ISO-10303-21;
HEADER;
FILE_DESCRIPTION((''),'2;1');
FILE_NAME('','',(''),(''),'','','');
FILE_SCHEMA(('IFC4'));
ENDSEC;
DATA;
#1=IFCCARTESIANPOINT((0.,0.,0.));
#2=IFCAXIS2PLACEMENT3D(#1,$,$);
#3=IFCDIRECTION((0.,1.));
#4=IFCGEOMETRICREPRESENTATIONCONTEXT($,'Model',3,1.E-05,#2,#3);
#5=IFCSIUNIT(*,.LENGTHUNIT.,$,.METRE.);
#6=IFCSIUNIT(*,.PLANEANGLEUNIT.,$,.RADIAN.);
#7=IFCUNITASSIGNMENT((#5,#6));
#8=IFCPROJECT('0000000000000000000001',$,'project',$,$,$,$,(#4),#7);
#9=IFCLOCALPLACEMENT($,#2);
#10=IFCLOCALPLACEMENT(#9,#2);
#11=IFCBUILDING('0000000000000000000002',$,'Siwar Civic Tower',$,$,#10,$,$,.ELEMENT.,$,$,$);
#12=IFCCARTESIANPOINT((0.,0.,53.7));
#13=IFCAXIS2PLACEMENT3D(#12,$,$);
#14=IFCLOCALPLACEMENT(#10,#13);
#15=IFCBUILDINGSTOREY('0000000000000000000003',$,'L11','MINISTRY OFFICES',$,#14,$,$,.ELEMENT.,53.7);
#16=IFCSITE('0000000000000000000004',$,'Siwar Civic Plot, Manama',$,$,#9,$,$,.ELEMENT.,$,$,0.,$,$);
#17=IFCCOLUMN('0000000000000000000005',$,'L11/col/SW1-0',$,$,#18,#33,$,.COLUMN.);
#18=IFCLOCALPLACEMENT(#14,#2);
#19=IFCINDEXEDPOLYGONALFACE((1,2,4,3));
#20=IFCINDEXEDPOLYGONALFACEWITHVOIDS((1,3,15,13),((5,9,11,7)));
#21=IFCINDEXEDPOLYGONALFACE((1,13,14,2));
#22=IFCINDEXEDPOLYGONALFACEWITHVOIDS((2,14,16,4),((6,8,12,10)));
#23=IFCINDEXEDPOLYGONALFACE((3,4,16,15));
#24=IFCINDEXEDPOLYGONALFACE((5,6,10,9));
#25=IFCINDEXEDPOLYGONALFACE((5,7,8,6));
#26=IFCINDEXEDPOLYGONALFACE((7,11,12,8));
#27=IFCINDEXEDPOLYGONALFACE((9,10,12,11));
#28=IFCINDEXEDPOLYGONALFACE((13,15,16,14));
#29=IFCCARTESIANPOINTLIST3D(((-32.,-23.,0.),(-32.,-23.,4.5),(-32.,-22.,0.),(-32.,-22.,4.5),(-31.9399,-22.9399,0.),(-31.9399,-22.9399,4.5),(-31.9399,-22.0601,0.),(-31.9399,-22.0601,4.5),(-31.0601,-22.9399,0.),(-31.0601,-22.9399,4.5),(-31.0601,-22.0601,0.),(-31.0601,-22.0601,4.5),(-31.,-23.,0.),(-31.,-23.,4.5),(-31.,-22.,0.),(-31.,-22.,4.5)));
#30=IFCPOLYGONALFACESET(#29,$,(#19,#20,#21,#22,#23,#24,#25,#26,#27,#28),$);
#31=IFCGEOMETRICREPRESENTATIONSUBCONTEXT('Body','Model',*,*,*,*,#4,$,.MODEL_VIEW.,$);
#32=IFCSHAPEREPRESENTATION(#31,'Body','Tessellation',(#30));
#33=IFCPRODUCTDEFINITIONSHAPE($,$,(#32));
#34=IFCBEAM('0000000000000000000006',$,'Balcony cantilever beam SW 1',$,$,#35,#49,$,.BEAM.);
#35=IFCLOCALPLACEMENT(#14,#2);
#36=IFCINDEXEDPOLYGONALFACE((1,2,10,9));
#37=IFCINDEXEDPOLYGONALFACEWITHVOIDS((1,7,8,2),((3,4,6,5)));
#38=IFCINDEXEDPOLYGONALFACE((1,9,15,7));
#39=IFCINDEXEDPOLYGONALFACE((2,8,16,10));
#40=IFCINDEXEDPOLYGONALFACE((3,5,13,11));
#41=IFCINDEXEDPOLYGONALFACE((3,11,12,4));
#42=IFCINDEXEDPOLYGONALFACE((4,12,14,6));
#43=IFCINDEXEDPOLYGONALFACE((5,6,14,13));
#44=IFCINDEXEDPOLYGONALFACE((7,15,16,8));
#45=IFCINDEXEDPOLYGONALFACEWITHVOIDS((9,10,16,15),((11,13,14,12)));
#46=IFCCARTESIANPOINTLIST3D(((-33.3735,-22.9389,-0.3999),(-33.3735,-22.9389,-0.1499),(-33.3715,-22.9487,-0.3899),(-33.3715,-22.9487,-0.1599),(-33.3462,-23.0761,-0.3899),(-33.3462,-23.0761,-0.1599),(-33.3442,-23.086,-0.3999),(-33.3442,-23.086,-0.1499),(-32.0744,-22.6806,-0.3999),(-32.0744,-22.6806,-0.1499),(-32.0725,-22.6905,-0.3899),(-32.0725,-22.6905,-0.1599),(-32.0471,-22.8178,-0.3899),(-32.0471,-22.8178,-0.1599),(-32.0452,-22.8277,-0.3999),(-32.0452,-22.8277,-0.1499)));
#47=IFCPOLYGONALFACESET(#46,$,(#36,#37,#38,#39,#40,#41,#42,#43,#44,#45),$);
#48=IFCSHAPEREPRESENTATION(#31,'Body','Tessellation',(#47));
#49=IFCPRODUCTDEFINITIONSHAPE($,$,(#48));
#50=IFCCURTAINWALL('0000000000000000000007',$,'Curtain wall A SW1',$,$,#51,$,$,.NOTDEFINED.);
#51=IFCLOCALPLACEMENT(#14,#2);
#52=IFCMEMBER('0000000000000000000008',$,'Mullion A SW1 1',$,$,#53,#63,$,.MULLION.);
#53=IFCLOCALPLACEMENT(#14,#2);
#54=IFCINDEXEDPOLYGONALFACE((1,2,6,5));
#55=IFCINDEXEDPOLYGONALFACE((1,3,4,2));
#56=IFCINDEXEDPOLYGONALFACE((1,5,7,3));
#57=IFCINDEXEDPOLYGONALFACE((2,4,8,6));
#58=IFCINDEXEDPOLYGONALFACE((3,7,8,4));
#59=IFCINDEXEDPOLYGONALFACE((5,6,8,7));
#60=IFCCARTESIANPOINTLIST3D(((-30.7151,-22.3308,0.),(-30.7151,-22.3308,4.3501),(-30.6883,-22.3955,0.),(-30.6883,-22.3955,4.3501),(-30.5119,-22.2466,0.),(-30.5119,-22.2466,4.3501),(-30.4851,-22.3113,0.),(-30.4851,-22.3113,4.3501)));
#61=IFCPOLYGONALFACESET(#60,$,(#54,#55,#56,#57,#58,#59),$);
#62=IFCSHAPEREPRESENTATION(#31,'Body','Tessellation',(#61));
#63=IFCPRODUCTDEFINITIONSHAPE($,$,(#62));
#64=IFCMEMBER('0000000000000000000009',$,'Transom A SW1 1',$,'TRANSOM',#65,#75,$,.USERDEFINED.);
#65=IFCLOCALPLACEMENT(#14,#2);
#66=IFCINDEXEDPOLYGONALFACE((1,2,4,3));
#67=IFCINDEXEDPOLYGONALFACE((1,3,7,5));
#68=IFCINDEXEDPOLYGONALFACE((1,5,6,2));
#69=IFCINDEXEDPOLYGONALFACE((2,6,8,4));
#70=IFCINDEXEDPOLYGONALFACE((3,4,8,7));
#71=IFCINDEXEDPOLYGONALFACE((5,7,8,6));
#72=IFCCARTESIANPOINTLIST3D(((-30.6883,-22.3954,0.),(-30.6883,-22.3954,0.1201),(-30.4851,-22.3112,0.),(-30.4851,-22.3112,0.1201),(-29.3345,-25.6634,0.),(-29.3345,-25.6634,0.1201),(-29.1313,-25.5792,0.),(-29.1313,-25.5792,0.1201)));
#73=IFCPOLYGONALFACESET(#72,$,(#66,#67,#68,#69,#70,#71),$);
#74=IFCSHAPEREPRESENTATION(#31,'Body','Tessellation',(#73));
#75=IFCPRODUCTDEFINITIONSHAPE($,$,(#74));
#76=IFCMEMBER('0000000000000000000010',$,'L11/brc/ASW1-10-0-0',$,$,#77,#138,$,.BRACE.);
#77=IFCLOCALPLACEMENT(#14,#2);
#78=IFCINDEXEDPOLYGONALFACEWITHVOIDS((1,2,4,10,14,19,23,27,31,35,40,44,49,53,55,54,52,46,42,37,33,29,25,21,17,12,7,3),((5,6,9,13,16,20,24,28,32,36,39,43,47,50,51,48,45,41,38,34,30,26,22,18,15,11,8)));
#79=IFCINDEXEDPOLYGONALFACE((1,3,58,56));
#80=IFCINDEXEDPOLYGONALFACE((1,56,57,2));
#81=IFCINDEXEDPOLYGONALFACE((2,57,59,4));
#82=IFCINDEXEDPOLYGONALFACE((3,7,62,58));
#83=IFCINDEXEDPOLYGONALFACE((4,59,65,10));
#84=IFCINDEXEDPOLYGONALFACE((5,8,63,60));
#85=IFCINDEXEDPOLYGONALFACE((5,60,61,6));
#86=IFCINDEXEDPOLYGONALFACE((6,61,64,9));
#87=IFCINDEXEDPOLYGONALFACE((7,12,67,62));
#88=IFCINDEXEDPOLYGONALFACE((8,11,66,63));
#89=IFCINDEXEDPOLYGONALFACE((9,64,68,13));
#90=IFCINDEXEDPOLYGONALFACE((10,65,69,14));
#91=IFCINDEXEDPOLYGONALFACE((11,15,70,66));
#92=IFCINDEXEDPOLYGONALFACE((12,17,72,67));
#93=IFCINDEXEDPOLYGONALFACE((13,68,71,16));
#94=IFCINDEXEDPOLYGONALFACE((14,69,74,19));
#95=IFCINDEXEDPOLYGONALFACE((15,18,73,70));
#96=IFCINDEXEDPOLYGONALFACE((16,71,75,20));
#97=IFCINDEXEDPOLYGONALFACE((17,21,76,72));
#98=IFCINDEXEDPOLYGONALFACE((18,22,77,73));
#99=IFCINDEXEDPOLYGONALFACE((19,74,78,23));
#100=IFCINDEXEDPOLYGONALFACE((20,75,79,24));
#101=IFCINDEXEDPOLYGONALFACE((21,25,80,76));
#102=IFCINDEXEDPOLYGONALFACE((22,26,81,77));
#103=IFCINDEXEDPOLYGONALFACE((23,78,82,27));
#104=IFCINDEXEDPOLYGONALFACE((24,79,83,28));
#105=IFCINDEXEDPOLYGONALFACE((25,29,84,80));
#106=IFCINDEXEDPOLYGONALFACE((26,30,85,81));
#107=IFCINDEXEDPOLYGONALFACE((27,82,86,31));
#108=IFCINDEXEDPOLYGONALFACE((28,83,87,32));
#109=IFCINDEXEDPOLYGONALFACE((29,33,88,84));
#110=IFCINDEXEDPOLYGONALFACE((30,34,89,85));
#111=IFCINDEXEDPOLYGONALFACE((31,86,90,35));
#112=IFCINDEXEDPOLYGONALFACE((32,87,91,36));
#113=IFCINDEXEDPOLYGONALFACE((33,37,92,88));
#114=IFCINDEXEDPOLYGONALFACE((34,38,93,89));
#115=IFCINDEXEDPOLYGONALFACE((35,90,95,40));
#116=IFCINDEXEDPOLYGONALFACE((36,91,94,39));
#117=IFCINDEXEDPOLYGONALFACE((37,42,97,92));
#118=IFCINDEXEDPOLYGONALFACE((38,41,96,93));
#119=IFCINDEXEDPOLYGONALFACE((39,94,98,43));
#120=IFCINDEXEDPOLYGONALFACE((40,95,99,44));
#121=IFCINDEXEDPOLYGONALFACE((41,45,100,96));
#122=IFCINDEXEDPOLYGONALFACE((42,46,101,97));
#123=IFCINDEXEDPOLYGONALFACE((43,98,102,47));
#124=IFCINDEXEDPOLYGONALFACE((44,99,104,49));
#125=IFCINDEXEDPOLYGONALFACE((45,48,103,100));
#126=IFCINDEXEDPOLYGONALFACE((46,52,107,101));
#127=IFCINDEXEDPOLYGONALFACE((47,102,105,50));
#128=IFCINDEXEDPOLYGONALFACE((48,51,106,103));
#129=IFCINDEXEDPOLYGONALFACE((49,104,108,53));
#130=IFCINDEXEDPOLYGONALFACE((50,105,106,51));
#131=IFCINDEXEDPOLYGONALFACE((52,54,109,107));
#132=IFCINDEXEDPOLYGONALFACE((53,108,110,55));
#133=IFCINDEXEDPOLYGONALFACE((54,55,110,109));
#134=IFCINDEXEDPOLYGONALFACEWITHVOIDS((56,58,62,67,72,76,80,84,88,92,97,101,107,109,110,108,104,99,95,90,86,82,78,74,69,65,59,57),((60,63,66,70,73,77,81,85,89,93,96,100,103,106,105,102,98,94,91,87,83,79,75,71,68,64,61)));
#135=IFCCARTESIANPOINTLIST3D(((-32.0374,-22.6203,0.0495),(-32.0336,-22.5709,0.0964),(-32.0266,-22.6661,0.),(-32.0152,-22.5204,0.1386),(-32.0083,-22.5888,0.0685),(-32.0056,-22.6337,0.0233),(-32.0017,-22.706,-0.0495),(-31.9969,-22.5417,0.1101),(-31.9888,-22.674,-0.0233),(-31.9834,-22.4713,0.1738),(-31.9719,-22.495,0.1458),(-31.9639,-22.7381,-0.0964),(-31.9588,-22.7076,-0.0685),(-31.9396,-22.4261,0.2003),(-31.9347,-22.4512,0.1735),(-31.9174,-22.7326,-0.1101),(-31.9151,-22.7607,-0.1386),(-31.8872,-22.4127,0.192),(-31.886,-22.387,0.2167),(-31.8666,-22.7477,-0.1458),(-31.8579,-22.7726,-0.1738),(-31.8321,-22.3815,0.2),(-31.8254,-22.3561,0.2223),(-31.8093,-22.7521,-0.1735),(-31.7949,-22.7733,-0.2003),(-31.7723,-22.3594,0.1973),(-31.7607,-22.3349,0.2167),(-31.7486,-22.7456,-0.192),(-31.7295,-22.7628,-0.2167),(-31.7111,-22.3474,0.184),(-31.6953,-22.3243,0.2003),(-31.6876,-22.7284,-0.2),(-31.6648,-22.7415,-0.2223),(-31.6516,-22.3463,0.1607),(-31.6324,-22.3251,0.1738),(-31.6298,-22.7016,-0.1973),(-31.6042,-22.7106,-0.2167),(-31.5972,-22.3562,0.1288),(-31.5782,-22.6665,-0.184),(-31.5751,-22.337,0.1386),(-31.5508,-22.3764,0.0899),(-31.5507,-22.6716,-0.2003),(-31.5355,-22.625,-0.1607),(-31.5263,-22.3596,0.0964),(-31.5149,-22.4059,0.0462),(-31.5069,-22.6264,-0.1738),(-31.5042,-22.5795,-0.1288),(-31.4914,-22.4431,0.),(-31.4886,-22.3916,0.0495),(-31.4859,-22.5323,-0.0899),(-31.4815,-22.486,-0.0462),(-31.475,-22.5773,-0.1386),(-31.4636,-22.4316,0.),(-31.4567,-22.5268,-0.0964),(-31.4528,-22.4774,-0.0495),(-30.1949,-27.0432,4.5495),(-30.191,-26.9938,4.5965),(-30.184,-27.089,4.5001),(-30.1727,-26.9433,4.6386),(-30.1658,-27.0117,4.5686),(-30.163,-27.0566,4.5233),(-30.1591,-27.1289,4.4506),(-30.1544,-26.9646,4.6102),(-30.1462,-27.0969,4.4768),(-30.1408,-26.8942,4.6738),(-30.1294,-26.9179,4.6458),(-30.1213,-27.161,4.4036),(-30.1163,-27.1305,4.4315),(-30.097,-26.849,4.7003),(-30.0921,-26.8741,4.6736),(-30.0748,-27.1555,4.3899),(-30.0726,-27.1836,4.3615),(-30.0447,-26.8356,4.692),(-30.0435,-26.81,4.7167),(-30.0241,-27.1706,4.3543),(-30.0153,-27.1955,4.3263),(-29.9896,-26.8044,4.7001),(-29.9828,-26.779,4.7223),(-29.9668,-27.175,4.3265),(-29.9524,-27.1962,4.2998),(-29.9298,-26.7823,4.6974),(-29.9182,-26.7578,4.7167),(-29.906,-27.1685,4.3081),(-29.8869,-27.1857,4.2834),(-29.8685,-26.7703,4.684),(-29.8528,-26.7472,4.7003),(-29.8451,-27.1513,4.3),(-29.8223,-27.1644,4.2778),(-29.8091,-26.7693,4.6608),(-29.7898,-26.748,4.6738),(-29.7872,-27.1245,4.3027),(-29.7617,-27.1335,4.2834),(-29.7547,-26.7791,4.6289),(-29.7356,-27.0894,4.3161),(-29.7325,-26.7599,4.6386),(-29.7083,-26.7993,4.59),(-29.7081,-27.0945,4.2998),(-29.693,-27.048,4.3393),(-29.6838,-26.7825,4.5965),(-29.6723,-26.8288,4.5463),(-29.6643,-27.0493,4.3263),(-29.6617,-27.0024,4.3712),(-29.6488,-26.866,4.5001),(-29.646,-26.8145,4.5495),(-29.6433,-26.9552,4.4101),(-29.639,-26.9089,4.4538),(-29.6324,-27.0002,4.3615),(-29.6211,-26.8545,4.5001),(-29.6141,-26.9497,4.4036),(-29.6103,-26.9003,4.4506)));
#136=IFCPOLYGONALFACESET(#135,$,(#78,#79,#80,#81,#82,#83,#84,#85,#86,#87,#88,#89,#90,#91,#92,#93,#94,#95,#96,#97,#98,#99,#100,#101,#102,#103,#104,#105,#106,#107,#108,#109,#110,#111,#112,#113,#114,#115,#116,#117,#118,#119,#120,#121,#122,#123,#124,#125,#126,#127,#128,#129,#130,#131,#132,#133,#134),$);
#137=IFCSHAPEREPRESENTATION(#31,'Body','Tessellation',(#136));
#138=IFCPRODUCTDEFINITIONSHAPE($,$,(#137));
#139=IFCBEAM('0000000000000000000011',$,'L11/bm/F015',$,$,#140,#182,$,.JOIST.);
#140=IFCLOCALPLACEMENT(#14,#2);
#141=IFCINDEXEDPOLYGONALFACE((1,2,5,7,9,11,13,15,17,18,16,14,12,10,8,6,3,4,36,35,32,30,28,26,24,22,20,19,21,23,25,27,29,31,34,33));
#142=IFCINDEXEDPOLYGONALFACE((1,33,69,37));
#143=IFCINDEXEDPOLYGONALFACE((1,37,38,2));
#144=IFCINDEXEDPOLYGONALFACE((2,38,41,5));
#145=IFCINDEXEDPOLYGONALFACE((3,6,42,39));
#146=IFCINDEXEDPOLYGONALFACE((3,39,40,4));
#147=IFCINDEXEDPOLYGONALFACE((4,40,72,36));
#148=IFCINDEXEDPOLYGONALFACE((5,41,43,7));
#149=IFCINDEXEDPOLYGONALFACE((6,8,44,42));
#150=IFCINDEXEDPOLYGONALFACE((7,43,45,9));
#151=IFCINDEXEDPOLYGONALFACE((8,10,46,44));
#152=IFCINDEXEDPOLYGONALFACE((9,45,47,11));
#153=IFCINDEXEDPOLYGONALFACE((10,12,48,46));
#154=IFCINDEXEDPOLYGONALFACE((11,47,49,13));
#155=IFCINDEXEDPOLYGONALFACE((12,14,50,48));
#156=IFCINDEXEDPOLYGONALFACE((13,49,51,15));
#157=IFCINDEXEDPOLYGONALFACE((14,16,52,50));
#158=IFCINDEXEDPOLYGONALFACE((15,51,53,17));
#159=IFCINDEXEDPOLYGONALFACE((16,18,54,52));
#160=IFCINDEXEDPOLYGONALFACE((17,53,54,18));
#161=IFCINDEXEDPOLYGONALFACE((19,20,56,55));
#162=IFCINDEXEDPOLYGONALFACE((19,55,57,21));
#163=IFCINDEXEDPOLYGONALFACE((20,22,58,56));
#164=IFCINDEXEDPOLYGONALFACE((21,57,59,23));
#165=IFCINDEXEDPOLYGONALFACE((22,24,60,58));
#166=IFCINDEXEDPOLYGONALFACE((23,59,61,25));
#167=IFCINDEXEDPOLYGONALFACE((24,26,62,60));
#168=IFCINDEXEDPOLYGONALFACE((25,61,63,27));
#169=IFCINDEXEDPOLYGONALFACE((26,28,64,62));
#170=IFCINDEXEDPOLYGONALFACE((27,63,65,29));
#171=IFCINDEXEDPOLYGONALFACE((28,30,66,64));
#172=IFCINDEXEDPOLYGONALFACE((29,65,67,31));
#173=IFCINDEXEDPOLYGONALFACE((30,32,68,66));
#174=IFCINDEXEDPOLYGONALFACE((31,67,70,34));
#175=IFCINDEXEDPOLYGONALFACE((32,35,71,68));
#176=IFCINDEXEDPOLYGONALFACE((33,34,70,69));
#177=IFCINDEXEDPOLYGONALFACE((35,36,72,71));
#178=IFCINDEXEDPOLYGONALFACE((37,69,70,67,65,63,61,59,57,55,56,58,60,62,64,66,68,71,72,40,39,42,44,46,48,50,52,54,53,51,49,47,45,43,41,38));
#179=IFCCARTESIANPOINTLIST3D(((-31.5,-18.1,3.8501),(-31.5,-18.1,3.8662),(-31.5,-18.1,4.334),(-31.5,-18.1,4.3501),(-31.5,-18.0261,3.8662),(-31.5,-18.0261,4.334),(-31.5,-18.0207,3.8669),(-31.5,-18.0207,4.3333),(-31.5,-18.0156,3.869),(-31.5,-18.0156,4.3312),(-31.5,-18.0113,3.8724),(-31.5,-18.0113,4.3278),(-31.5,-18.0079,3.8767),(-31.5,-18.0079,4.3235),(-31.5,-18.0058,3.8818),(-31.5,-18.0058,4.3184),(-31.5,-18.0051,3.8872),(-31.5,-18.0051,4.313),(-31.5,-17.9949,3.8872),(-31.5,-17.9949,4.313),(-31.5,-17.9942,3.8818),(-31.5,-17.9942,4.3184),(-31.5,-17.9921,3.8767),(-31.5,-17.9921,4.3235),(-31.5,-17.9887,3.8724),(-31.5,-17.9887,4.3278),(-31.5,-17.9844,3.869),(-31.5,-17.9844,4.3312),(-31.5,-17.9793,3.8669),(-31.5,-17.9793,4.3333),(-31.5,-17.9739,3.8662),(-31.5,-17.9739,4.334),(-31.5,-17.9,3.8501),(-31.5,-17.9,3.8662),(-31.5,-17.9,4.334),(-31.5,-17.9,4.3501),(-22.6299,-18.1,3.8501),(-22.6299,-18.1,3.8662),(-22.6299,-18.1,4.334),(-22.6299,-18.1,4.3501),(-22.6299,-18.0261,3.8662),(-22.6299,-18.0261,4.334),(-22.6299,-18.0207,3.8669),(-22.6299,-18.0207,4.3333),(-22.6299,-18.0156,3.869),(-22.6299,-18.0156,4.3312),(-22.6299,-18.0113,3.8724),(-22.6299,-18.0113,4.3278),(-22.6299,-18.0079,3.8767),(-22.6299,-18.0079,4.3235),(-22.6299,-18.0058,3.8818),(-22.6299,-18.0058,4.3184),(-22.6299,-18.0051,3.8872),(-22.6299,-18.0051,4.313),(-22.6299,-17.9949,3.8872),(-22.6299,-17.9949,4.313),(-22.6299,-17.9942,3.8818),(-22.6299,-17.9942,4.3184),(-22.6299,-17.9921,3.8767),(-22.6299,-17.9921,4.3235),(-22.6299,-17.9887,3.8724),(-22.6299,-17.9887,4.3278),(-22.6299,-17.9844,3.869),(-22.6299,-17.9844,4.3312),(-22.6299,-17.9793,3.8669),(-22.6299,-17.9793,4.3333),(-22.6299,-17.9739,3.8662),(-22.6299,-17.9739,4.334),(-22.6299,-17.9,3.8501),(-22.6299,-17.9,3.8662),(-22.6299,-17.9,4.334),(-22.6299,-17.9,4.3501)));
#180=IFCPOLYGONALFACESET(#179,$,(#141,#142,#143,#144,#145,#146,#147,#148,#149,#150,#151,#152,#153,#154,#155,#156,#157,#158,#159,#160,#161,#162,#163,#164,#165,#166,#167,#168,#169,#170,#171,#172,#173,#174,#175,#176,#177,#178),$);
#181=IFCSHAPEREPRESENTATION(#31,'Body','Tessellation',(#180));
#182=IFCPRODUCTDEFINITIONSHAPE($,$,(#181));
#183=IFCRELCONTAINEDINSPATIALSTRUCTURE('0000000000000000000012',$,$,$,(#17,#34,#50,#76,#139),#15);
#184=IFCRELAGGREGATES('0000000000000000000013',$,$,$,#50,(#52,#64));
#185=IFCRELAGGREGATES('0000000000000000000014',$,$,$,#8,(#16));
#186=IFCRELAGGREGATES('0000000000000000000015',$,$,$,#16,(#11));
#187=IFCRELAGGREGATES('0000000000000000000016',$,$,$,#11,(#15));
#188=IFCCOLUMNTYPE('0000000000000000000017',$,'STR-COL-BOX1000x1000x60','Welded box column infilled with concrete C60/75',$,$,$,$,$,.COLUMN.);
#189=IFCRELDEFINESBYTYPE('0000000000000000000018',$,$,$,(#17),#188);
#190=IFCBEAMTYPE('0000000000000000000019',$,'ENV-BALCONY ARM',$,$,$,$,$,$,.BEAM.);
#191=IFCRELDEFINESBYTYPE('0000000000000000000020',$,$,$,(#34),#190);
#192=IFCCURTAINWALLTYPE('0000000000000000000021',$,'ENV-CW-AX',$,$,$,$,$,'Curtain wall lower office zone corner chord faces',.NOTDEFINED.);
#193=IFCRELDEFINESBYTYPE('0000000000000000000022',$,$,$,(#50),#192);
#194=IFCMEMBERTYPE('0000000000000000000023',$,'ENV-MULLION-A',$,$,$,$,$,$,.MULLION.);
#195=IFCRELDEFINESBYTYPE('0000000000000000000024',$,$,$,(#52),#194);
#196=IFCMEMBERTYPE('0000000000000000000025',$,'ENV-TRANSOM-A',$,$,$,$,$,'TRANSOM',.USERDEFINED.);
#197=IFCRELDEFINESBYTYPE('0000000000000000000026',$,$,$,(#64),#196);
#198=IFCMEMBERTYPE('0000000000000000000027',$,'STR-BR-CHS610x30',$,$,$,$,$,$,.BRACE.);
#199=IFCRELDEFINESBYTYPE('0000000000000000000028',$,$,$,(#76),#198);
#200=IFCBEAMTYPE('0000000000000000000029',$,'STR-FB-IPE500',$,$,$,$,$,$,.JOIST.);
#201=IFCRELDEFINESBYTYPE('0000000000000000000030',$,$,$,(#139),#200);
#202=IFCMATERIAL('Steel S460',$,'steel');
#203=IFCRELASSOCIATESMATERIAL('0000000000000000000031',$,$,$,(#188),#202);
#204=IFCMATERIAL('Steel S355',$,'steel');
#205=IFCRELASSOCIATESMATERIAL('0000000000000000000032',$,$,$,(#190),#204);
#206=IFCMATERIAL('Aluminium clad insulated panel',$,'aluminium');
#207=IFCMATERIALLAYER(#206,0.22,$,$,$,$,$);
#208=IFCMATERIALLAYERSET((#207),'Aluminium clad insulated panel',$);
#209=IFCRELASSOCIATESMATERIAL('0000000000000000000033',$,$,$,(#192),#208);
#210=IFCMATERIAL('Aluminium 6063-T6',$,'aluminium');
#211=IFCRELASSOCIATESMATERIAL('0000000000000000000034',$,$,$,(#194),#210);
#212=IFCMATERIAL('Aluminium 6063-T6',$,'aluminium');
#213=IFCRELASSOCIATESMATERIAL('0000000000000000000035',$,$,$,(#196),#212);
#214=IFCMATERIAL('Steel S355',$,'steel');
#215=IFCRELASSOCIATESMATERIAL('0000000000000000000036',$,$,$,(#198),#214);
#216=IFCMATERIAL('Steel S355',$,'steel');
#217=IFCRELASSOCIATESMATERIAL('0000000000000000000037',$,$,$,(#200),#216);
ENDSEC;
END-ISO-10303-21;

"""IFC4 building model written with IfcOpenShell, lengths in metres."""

from ifc_helpers import new_model, si_unit, direction, frame, origin, origin_2d, place, context, subcontext, project, spatial, rectangle, hollow_rectangle, hollow_circle, i_section, extrude, material, layer, layer_set, material_profile, profile_set, type_object, element, aggregate, save


model = new_model("IFC4")

# Units and contexts
model_context = context("Model", 3, precision=1e-05, world=origin(), true_north=direction((0.0, 1.0)))
body_context = subcontext(model_context, "Body", "Model", "MODEL_VIEW")
ifc_project = project(units=[si_unit("LENGTHUNIT", "METRE"), si_unit("PLANEANGLEUNIT", "RADIAN")], contexts=[model_context])

# Site, building, storey
site_placement = place(None, origin())
site = spatial("IfcSite", under=ifc_project, at=site_placement, Name="Siwar Civic Plot, Manama", CompositionType="ELEMENT", RefElevation=0.0)
building_placement = place(site_placement, origin())
building = spatial("IfcBuilding", under=site, at=building_placement, Name="Siwar Civic Tower", CompositionType="ELEMENT")
storey_placement = place(building_placement, frame((0.0, 0.0, 53.7)))
storey = spatial("IfcBuildingStorey", under=building, at=storey_placement, Name="L11", Description="MINISTRY OFFICES", CompositionType="ELEMENT", Elevation=53.7)

# Column
ifc_material_1 = material(Name="Steel S460", Category="steel")
ifc_material_profile_1 = material_profile(ifc_material_1, hollow_rectangle(XDim=1.0, YDim=1.0, WallThickness=0.0601, at=origin_2d()), Name="BOX1000x1000x60")
ifc_profile_set_1 = profile_set([ifc_material_profile_1], Name="Steel S460")
column_type = type_object("IfcColumnType", Name="STR-COL-BOX1000x1000x60", Description="Welded box column infilled with concrete C60/75", PredefinedType="COLUMN", material=ifc_profile_set_1)
column_placement = place(storey_placement, frame((-31.5, -22.5, 0.0), z_axis=(0.0, 0.0, 1.0), x_axis=(1.0, 0.0, 0.0)))
element("IfcColumn", 1, at=column_placement, inside=storey, type_object=column_type, Name="L11/col/SW1-0", PredefinedType="COLUMN", context=body_context, shape_type="SweptSolid", body=[
    extrude(hollow_rectangle(XDim=1.0, YDim=1.0, WallThickness=0.0601, at=origin_2d()), origin(), (0.0, 0.0, 1.0), 4.5),
])

# Beam
ifc_material_2 = material(Name="Steel S355", Category="steel")
ifc_material_profile_2 = material_profile(ifc_material_2, hollow_rectangle(XDim=0.1499, YDim=0.25, WallThickness=0.01, at=origin_2d()), Name="RHS250x150x10")
ifc_profile_set_2 = profile_set([ifc_material_profile_2], Name="Steel S355")
beam_type_1 = type_object("IfcBeamType", Name="ENV-BALCONY ARM", PredefinedType="BEAM", material=ifc_profile_set_2)
beam_1_placement = place(storey_placement, frame((-32.0598, -22.7542, -0.2749), z_axis=(-0.9808, -0.195017, 0.0), x_axis=(0.195017, -0.9808, 0.0)))
element("IfcBeam", 2, at=beam_1_placement, inside=storey, type_object=beam_type_1, Name="Balcony cantilever beam SW 1", PredefinedType="BEAM", context=body_context, shape_type="SweptSolid", body=[
    extrude(hollow_rectangle(XDim=0.1499, YDim=0.25, WallThickness=0.01, at=origin_2d()), origin(), (0.0, 0.0, 1.0), 1.3245),
])

# Curtain wall, members
ifc_material_3 = material(Name="Aluminium clad insulated panel", Category="aluminium")
ifc_layer_1 = layer(ifc_material_3, 0.22)
ifc_layer_set_1 = layer_set([ifc_layer_1], Name="Aluminium clad insulated panel")
curtain_wall_type_1 = type_object("IfcCurtainWallType", Name="ENV-CW-AX", ElementType="Curtain wall lower office zone corner chord faces", PredefinedType="NOTDEFINED", material=ifc_layer_set_1)
curtain_wall_1_placement = place(storey_placement, origin())
curtain_wall_1 = element("IfcCurtainWall", 3, at=curtain_wall_1_placement, inside=storey, type_object=curtain_wall_type_1, Name="Curtain wall A SW1", PredefinedType="NOTDEFINED")
ifc_material_4 = material(Name="Aluminium 6063-T6", Category="aluminium")
ifc_material_profile_3 = material_profile(ifc_material_4, rectangle(XDim=0.22, YDim=0.0701, at=origin_2d()), Name="AL 220x70")
ifc_profile_set_3 = profile_set([ifc_material_profile_3], Name="Aluminium 6063-T6")
member_type_1 = type_object("IfcMemberType", Name="ENV-MULLION-A", PredefinedType="MULLION", material=ifc_profile_set_3)
member_1_placement = place(storey_placement, frame((-30.6001, -22.321, 0.0), z_axis=(0.0, 0.0, 1.0), x_axis=(0.92388, 0.382683, 0.0)))
member_1 = element("IfcMember", 4, at=member_1_placement, type_object=member_type_1, Name="Mullion A SW1 1", PredefinedType="MULLION", context=body_context, shape_type="SweptSolid", body=[
    extrude(rectangle(XDim=0.22, YDim=0.0701, at=origin_2d()), origin(), (0.0, 0.0, 1.0), 4.3501),
])
ifc_material_5 = material(Name="Aluminium 6063-T6", Category="aluminium")
ifc_material_profile_4 = material_profile(ifc_material_5, rectangle(XDim=0.22, YDim=0.1201, at=origin_2d()), Name="AL 220x120")
ifc_profile_set_4 = profile_set([ifc_material_profile_4], Name="Aluminium 6063-T6")
member_type_2 = type_object("IfcMemberType", Name="ENV-TRANSOM-A", ElementType="TRANSOM", PredefinedType="USERDEFINED", material=ifc_profile_set_4)
member_2_placement = place(storey_placement, frame((-30.5867, -22.3533, 0.0601), z_axis=(0.382703, -0.923871, 0.0), x_axis=(0.923871, 0.382703, 0.0)))
member_2 = element("IfcMember", 5, at=member_2_placement, type_object=member_type_2, Name="Transom A SW1 1", ObjectType="TRANSOM", PredefinedType="USERDEFINED", context=body_context, shape_type="SweptSolid", body=[
    extrude(rectangle(XDim=0.22, YDim=0.1201, at=origin_2d()), origin(), (0.0, 0.0, 1.0), 3.5374),
])

# Member
ifc_material_6 = material(Name="Steel S355", Category="steel")
ifc_material_profile_5 = material_profile(ifc_material_6, hollow_circle(Radius=0.3049, WallThickness=0.03, at=origin_2d()), Name="CHS610x30")
ifc_profile_set_5 = profile_set([ifc_material_profile_5], Name="Steel S355")
member_type_3 = type_object("IfcMemberType", Name="STR-BR-CHS610x30", PredefinedType="BRACE", material=ifc_profile_set_5)
member_3_placement = place(storey_placement, frame((-31.7451, -22.5488, 0.0), z_axis=(0.280311, -0.672865, 0.684601), x_axis=(0.923101, 0.384557, 0.0)))
element("IfcMember", 6, at=member_3_placement, inside=storey, type_object=member_type_3, Name="L11/brc/ASW1-10-0-0", PredefinedType="BRACE", context=body_context, shape_type="SweptSolid", body=[
    extrude(hollow_circle(Radius=0.3049, WallThickness=0.03, at=origin_2d()), origin(), (0.0, 0.0, 1.0), 6.5732),
])

# Beam
ifc_material_7 = material(Name="Steel S355", Category="steel")
ifc_material_profile_6 = material_profile(ifc_material_7, i_section(OverallWidth=0.2, OverallDepth=0.5, WebThickness=0.0103, FlangeThickness=0.0161, FilletRadius=0.021, at=origin_2d()), Name="IPE500")
ifc_profile_set_6 = profile_set([ifc_material_profile_6], Name="Steel S355")
beam_type_2 = type_object("IfcBeamType", Name="STR-FB-IPE500", PredefinedType="JOIST", material=ifc_profile_set_6)
beam_2_placement = place(storey_placement, frame((-31.5, -18.0, 4.1001), z_axis=(1.0, 0.0, 0.0), x_axis=(0.0, 1.0, 0.0)))
element("IfcBeam", 7, at=beam_2_placement, inside=storey, type_object=beam_type_2, Name="L11/bm/F015", PredefinedType="JOIST", context=body_context, shape_type="SweptSolid", body=[
    extrude(i_section(OverallWidth=0.2, OverallDepth=0.5, WebThickness=0.0103, FlangeThickness=0.0161, FilletRadius=0.021, at=origin_2d()), origin(), (0.0, 0.0, 1.0), 8.8701),
])

aggregate(curtain_wall_1, [member_1, member_2])

save(model, "model.ifc")
